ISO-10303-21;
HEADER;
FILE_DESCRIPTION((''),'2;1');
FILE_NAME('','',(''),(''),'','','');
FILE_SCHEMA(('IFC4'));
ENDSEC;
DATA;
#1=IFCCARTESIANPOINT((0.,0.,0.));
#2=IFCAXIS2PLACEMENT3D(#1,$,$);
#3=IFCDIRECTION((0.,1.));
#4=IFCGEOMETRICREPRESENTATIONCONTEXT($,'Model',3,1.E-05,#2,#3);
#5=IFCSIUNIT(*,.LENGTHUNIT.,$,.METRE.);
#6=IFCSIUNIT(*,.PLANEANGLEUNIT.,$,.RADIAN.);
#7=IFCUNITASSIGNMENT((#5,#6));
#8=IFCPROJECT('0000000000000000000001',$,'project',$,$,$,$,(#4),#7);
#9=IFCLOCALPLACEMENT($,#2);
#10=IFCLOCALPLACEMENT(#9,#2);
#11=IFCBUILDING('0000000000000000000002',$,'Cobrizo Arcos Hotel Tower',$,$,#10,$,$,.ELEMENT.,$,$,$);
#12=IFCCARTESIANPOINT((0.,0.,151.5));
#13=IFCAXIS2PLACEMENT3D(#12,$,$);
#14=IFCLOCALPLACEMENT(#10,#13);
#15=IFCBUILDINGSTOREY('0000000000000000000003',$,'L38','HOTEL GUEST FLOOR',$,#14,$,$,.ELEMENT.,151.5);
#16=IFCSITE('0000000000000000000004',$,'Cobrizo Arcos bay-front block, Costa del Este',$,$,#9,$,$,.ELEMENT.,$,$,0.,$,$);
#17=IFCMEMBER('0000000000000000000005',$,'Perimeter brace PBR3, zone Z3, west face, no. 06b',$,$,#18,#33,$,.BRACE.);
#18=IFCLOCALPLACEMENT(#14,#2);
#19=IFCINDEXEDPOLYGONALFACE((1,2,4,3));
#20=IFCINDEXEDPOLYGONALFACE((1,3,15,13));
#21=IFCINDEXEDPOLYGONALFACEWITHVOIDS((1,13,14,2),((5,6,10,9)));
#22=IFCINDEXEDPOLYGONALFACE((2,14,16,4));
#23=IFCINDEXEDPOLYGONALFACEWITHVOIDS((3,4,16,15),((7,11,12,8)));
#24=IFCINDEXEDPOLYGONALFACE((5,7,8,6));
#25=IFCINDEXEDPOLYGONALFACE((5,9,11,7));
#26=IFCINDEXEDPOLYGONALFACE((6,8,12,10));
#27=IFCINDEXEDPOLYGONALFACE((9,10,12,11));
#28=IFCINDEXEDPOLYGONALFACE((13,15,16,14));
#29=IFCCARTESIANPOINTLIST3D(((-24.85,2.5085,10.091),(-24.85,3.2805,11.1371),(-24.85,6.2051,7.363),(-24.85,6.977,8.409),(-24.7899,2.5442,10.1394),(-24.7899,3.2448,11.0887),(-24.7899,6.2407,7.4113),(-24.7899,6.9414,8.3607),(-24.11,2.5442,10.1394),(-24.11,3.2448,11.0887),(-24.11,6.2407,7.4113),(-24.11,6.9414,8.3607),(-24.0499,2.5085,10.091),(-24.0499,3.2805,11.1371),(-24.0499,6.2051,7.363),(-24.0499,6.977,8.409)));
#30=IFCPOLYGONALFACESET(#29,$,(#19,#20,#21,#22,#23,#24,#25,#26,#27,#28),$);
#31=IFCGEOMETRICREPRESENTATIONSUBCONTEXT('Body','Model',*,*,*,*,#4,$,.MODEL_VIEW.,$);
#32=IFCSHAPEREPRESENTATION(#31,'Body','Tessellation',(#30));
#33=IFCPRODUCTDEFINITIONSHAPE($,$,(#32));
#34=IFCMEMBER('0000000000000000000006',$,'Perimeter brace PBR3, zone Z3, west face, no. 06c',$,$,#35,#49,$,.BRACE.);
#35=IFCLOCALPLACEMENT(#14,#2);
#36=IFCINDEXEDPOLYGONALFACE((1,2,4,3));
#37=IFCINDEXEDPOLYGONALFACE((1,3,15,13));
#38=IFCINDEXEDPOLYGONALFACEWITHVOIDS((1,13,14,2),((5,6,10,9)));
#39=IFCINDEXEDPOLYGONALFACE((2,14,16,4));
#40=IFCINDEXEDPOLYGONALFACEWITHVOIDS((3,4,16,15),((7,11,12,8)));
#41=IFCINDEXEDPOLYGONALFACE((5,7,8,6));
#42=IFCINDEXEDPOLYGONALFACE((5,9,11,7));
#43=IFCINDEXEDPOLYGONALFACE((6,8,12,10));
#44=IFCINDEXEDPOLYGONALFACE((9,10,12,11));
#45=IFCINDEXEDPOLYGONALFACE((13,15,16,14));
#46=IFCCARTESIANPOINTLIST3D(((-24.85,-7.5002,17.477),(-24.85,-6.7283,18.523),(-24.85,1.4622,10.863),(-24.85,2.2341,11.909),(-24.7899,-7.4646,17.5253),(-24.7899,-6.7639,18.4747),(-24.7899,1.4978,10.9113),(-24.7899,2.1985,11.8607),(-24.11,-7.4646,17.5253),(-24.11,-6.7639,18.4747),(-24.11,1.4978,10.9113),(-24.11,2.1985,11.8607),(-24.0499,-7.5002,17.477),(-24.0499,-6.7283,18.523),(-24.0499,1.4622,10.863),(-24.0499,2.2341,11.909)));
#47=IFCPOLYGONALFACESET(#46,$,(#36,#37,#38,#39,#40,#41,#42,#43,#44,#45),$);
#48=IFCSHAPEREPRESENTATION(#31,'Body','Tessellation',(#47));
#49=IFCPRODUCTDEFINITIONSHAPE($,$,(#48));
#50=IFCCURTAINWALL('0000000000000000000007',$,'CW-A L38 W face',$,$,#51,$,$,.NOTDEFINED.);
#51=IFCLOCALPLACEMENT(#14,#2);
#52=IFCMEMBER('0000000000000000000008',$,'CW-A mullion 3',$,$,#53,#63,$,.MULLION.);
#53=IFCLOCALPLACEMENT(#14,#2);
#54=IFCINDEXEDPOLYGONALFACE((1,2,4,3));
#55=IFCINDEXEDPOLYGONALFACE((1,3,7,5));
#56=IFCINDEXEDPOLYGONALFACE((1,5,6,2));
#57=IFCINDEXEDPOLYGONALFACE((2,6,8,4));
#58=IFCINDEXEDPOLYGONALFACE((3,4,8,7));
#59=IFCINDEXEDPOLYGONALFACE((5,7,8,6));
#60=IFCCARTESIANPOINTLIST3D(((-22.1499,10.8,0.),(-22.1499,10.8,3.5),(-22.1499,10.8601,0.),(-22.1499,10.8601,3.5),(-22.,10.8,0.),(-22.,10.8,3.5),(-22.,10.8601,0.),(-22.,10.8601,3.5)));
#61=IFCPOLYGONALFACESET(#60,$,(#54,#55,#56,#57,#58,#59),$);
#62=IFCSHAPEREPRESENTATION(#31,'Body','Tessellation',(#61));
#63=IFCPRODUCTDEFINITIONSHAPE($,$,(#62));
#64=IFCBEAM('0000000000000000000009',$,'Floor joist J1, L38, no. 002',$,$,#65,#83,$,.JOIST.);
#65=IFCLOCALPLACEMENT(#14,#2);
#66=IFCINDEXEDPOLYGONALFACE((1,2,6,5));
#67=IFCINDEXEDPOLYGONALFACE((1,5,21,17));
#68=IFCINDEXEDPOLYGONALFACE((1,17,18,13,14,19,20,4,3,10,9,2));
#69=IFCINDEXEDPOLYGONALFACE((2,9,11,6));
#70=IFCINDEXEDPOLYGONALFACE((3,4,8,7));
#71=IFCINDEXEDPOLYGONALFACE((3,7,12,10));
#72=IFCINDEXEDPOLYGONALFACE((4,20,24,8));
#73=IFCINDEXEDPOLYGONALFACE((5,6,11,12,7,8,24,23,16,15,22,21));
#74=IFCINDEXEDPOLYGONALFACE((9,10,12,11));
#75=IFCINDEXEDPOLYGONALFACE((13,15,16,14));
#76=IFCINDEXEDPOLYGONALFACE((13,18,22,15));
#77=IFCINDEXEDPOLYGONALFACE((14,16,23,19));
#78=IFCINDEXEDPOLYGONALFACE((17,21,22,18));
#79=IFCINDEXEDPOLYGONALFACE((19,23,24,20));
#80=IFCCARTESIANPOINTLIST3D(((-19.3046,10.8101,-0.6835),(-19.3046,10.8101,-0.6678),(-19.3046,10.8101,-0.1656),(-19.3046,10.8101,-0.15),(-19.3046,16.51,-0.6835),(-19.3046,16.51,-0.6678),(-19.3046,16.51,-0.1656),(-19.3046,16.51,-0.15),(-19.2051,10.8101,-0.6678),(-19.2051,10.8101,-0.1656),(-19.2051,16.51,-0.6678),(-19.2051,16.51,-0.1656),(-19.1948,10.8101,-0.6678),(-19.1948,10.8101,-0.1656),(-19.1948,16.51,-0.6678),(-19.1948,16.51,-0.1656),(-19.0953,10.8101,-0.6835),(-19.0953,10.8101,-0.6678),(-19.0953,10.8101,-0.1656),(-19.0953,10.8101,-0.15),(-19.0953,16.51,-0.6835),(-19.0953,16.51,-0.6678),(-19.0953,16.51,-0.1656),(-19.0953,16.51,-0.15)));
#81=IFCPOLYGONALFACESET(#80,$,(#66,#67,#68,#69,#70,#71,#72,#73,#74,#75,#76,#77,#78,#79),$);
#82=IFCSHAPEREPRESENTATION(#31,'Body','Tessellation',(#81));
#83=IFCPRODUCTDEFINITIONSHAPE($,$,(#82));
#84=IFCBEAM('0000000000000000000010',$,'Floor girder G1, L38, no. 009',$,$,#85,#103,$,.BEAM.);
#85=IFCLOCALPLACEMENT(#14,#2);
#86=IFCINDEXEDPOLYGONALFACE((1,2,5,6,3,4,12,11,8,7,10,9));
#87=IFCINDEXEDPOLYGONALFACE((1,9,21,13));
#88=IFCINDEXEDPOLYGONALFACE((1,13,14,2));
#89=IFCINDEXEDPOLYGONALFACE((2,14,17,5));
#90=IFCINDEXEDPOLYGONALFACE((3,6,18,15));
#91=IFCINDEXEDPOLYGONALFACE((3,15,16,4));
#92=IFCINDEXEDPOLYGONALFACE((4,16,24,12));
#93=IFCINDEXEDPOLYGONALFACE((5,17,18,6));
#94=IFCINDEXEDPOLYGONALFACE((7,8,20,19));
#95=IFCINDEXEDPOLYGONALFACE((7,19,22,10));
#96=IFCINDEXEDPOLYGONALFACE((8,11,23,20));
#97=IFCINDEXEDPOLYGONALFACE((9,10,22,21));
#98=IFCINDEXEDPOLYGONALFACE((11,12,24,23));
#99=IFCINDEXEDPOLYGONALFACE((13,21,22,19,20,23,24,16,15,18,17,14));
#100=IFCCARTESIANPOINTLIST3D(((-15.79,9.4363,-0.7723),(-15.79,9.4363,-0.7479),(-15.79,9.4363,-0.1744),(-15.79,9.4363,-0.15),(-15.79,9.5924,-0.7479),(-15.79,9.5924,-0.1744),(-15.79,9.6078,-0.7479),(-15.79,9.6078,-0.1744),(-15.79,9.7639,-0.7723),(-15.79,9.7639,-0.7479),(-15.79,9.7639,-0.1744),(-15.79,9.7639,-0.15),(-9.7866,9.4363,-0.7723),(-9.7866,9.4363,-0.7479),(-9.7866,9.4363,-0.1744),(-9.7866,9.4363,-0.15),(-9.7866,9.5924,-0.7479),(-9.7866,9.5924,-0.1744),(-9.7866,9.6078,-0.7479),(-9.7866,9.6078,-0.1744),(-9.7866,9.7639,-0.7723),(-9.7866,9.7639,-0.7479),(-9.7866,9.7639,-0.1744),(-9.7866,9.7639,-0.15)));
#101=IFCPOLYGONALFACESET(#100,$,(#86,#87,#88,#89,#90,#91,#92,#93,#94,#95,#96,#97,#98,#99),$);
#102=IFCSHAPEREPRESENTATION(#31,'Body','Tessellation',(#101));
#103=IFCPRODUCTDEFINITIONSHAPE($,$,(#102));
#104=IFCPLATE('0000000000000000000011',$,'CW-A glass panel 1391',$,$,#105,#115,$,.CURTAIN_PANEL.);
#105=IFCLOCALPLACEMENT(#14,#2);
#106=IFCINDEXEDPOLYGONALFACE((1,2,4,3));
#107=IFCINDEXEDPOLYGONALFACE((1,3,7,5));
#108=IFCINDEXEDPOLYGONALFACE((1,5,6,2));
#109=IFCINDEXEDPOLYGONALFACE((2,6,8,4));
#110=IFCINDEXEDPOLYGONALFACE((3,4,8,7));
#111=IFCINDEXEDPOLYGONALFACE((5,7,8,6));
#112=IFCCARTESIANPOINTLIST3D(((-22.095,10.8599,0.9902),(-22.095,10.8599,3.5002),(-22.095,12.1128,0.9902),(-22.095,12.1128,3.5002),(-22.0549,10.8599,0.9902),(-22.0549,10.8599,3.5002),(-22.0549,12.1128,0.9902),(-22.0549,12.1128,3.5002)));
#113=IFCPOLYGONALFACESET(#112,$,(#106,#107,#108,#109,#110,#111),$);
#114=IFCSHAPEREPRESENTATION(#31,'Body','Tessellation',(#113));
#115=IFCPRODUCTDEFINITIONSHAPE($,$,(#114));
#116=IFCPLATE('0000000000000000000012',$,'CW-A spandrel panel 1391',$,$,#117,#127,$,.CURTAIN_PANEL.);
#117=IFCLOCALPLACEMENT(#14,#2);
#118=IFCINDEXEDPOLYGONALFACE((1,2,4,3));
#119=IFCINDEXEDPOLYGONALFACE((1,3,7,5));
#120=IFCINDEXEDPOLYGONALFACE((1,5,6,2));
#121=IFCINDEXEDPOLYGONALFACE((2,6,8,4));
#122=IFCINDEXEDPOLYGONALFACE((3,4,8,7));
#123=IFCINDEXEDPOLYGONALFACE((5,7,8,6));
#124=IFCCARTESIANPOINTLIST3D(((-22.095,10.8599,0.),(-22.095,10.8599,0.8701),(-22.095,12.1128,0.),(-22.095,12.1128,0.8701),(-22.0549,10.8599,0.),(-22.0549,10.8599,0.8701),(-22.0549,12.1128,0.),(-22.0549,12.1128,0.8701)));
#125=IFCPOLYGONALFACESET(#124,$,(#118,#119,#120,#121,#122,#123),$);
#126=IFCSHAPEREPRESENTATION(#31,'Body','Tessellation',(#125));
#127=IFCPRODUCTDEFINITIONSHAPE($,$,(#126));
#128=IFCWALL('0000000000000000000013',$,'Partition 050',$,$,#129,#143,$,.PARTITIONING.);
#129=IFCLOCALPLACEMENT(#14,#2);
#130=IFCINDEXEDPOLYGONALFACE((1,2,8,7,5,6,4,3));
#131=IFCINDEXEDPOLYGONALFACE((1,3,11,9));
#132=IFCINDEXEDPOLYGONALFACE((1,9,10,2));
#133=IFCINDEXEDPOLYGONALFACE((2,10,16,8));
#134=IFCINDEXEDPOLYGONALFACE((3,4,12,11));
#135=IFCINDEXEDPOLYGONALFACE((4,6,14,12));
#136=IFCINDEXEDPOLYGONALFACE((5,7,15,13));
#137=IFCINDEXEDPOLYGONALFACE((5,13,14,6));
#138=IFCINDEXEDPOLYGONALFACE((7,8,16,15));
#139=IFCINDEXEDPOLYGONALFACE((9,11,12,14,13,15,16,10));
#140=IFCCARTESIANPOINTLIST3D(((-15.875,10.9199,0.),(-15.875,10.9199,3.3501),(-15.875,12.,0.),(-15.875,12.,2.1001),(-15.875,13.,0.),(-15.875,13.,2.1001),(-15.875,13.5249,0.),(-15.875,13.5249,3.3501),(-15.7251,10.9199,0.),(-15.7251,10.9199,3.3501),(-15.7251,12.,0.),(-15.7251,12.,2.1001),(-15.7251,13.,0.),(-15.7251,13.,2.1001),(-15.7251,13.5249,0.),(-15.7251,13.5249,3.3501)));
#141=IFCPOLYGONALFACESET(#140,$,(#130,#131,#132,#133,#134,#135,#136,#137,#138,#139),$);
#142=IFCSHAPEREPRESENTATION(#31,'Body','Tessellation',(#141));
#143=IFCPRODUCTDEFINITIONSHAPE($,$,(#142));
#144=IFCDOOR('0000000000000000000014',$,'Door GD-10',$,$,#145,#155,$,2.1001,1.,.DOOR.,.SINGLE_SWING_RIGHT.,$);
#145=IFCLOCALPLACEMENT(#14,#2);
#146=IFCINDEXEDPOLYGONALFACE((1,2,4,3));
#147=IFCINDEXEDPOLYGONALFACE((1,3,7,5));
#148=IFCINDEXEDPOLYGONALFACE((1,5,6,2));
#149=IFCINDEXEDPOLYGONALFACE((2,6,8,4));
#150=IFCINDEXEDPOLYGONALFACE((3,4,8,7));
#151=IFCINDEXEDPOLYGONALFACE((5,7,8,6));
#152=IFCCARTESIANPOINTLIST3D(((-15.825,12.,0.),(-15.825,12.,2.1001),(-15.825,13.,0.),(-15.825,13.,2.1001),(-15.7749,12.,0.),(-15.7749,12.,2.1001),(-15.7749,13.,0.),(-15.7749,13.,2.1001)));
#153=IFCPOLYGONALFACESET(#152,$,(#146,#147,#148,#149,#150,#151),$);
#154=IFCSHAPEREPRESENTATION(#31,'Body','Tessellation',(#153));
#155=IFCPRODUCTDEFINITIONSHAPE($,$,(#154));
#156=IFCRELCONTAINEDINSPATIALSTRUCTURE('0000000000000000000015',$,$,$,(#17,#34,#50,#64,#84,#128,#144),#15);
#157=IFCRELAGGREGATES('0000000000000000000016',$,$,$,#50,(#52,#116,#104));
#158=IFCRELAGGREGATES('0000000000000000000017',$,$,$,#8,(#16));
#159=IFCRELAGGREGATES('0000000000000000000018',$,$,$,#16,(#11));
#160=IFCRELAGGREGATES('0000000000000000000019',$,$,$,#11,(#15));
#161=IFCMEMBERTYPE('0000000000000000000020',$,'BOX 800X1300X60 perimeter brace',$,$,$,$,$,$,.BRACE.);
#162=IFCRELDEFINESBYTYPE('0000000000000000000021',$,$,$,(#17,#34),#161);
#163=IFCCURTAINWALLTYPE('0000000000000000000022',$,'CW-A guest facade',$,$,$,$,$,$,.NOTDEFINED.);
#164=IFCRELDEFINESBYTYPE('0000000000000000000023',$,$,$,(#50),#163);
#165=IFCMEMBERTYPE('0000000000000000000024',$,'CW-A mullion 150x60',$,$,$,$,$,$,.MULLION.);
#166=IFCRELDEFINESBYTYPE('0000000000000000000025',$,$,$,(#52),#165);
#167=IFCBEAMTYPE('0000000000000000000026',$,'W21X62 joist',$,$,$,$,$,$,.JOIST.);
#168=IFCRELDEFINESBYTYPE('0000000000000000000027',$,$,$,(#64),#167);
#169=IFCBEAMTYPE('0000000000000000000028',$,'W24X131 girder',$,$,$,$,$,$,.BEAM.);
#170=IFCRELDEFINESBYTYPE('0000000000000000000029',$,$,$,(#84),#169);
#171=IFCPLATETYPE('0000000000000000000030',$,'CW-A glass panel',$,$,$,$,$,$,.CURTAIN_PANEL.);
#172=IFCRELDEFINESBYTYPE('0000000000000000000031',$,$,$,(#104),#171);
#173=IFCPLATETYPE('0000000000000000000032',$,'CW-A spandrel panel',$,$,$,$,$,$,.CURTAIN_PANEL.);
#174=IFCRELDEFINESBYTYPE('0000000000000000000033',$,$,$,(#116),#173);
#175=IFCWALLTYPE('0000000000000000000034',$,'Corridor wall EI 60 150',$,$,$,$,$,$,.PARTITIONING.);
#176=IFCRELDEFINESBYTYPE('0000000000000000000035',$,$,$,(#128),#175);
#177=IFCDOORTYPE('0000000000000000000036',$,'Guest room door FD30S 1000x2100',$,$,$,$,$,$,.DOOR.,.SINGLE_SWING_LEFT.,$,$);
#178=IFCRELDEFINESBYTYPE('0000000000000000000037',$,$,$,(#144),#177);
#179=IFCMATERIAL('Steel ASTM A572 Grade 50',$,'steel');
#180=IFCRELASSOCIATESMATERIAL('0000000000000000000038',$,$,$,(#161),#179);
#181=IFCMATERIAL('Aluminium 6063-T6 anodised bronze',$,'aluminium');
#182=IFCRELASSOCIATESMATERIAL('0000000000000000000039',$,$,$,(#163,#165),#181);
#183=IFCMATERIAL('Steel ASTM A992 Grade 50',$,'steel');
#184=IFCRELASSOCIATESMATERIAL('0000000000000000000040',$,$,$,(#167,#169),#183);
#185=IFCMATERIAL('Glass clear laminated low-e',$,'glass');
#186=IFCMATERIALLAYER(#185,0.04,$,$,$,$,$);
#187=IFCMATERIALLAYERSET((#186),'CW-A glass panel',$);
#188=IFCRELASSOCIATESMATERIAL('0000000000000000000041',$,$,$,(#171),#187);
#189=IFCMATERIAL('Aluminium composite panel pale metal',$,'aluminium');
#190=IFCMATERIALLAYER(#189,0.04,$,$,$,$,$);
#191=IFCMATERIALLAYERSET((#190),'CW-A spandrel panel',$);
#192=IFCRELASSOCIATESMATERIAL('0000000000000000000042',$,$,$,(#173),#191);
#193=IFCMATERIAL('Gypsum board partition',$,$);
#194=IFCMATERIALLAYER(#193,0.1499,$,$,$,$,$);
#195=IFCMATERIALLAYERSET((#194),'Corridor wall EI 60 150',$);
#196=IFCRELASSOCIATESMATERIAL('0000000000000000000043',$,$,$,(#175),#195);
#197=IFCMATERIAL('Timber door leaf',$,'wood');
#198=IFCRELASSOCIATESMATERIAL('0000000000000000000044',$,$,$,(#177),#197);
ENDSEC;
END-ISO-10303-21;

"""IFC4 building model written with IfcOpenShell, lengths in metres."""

from ifc_helpers import new_model, si_unit, direction, frame, frame_2d, origin, origin_2d, place, context, subcontext, project, spatial, rectangle, hollow_rectangle, i_section, extrude, material, layer, layer_set, material_profile, profile_set, type_object, element, fill, aggregate, save


model = new_model("IFC4")

# Units and contexts
model_context = context("Model", 3, precision=1e-05, world=origin(), true_north=direction((0.0, 1.0)))
body_context = subcontext(model_context, "Body", "Model", "MODEL_VIEW")
ifc_project = project(units=[si_unit("LENGTHUNIT", "METRE"), si_unit("PLANEANGLEUNIT", "RADIAN")], contexts=[model_context])

# Site, building, storey
site_placement = place(None, origin())
site = spatial("IfcSite", under=ifc_project, at=site_placement, Name="Cobrizo Arcos bay-front block, Costa del Este", CompositionType="ELEMENT", RefElevation=0.0)
building_placement = place(site_placement, origin())
building = spatial("IfcBuilding", under=site, at=building_placement, Name="Cobrizo Arcos Hotel Tower", CompositionType="ELEMENT")
storey_placement = place(building_placement, frame((0.0, 0.0, 151.5)))
storey = spatial("IfcBuildingStorey", under=building, at=storey_placement, Name="L38", Description="HOTEL GUEST FLOOR", CompositionType="ELEMENT", Elevation=151.5)

# Members
ifc_material_1 = material(Name="Steel ASTM A572 Grade 50", Category="steel")
ifc_material_profile_1 = material_profile(ifc_material_1, hollow_rectangle(XDim=0.8, YDim=1.3, WallThickness=0.0601, at=origin_2d()), Name="BOX 800X1300X60")
ifc_profile_set_1 = profile_set([ifc_material_profile_1], Name="Steel ASTM A572 Grade 50")
member_type_1 = type_object("IfcMemberType", Name="BOX 800X1300X60 perimeter brace", PredefinedType="BRACE", material=ifc_profile_set_1)
member_1_placement = place(storey_placement, frame((-24.45, 6.5911, 7.886), z_axis=(0.0, -0.804612, 0.593801), x_axis=(1.0, 0.0, 0.0)))
element("IfcMember", 1, at=member_1_placement, inside=storey, type_object=member_type_1, Name="Perimeter brace PBR3, zone Z3, west face, no. 06b", PredefinedType="BRACE", context=body_context, shape_type="SweptSolid", body=[
    extrude(hollow_rectangle(XDim=0.8, YDim=1.3, WallThickness=0.0601, at=origin_2d()), origin(), (0.0, 0.0, 1.0), 4.5942),
])
member_2_placement = place(storey_placement, frame((-24.45, 1.8481, 11.386), z_axis=(0.0, -0.804621, 0.593789), x_axis=(1.0, 0.0, 0.0)))
element("IfcMember", 2, at=member_2_placement, inside=storey, type_object=member_type_1, Name="Perimeter brace PBR3, zone Z3, west face, no. 06c", PredefinedType="BRACE", context=body_context, shape_type="SweptSolid", body=[
    extrude(hollow_rectangle(XDim=0.8, YDim=1.3, WallThickness=0.0601, at=origin_2d()), origin(), (0.0, 0.0, 1.0), 11.1387),
])

# Curtain wall, member
ifc_material_2 = material(Name="Aluminium 6063-T6 anodised bronze", Category="aluminium")
curtain_wall_type = type_object("IfcCurtainWallType", Name="CW-A guest facade", PredefinedType="NOTDEFINED", material=ifc_material_2)
curtain_wall_placement = place(storey_placement, origin())
curtain_wall = element("IfcCurtainWall", 3, at=curtain_wall_placement, inside=storey, type_object=curtain_wall_type, Name="CW-A L38 W face", PredefinedType="NOTDEFINED")
ifc_material_profile_2 = material_profile(ifc_material_2, rectangle(XDim=0.1499, YDim=0.0601, at=origin_2d()), Name="CW-A mullion 150x60")
ifc_profile_set_2 = profile_set([ifc_material_profile_2], Name="Aluminium 6063-T6 anodised bronze")
member_type_2 = type_object("IfcMemberType", Name="CW-A mullion 150x60", PredefinedType="MULLION", material=ifc_profile_set_2)
member_3_placement = place(storey_placement, frame((-22.075, 10.8301, 0.0), z_axis=(0.0, 0.0, 1.0), x_axis=(-1.0, 0.0, 0.0)))
member_3 = element("IfcMember", 4, at=member_3_placement, type_object=member_type_2, Name="CW-A mullion 3", PredefinedType="MULLION", context=body_context, shape_type="SweptSolid", body=[
    extrude(rectangle(XDim=0.1499, YDim=0.0601, at=origin_2d()), origin(), (0.0, 0.0, 1.0), 3.5),
])

# Beams
ifc_material_3 = material(Name="Steel ASTM A992 Grade 50", Category="steel")
ifc_material_profile_3 = material_profile(ifc_material_3, i_section(OverallWidth=0.2092, OverallDepth=0.5334, WebThickness=0.0103, FlangeThickness=0.0156, at=origin_2d()), Name="W21X62")
ifc_profile_set_3 = profile_set([ifc_material_profile_3], Name="Steel ASTM A992 Grade 50")
beam_type_1 = type_object("IfcBeamType", Name="W21X62 joist", PredefinedType="JOIST", material=ifc_profile_set_3)
beam_1_placement = place(storey_placement, frame((-19.2, 10.8101, -0.4167), z_axis=(0.0, 1.0, 0.0), x_axis=(-1.0, 0.0, 0.0)))
element("IfcBeam", 5, at=beam_1_placement, inside=storey, type_object=beam_type_1, Name="Floor joist J1, L38, no. 002", PredefinedType="JOIST", context=body_context, shape_type="SweptSolid", body=[
    extrude(i_section(OverallWidth=0.2092, OverallDepth=0.5334, WebThickness=0.0103, FlangeThickness=0.0156, at=origin_2d()), origin(), (0.0, 0.0, 1.0), 5.7),
])
ifc_material_profile_4 = material_profile(ifc_material_3, i_section(OverallWidth=0.3276, OverallDepth=0.6223, WebThickness=0.0154, FlangeThickness=0.0244, at=origin_2d()), Name="W24X131")
ifc_profile_set_4 = profile_set([ifc_material_profile_4], Name="Steel ASTM A992 Grade 50")
beam_type_2 = type_object("IfcBeamType", Name="W24X131 girder", PredefinedType="BEAM", material=ifc_profile_set_4)
beam_2_placement = place(storey_placement, frame((-15.79, 9.6001, -0.4612), z_axis=(1.0, 0.0, 0.0), x_axis=(0.0, 1.0, 0.0)))
element("IfcBeam", 6, at=beam_2_placement, inside=storey, type_object=beam_type_2, Name="Floor girder G1, L38, no. 009", PredefinedType="BEAM", context=body_context, shape_type="SweptSolid", body=[
    extrude(i_section(OverallWidth=0.3276, OverallDepth=0.6223, WebThickness=0.0154, FlangeThickness=0.0244, at=origin_2d()), origin(), (0.0, 0.0, 1.0), 6.0034),
])

# Plates
ifc_material_4 = material(Name="Glass clear laminated low-e", Category="glass")
ifc_layer_1 = layer(ifc_material_4, 0.04)
ifc_layer_set_1 = layer_set([ifc_layer_1], Name="CW-A glass panel")
plate_type_1 = type_object("IfcPlateType", Name="CW-A glass panel", PredefinedType="CURTAIN_PANEL", material=ifc_layer_set_1)
plate_1_placement = place(storey_placement, frame((-22.075, 11.4863, 0.9902), z_axis=(0.0, 0.0, 1.0), x_axis=(0.0, -1.0, 0.0)))
plate_1 = element("IfcPlate", 7, at=plate_1_placement, type_object=plate_type_1, Name="CW-A glass panel 1391", PredefinedType="CURTAIN_PANEL", context=body_context, shape_type="SweptSolid", body=[
    extrude(rectangle(XDim=1.2529, YDim=0.04, at=origin_2d()), origin(), (0.0, 0.0, 1.0), 2.51),
])
ifc_material_5 = material(Name="Aluminium composite panel pale metal", Category="aluminium")
ifc_layer_2 = layer(ifc_material_5, 0.04)
ifc_layer_set_2 = layer_set([ifc_layer_2], Name="CW-A spandrel panel")
plate_type_2 = type_object("IfcPlateType", Name="CW-A spandrel panel", PredefinedType="CURTAIN_PANEL", material=ifc_layer_set_2)
plate_2_placement = place(storey_placement, frame((-22.075, 11.4863, 0.0), z_axis=(0.0, 0.0, 1.0), x_axis=(0.0, -1.0, 0.0)))
plate_2 = element("IfcPlate", 8, at=plate_2_placement, type_object=plate_type_2, Name="CW-A spandrel panel 1391", PredefinedType="CURTAIN_PANEL", context=body_context, shape_type="SweptSolid", body=[
    extrude(rectangle(XDim=1.2529, YDim=0.04, at=origin_2d()), origin(), (0.0, 0.0, 1.0), 0.8701),
])
aggregate(curtain_wall, [member_3, plate_2, plate_1])

# Wall, opening, door
ifc_material_6 = material(Name="Gypsum board partition")
ifc_layer_3 = layer(ifc_material_6, 0.1499)
ifc_layer_set_3 = layer_set([ifc_layer_3], Name="Corridor wall EI 60 150")
wall_type_1 = type_object("IfcWallType", Name="Corridor wall EI 60 150", PredefinedType="PARTITIONING", material=ifc_layer_set_3)
wall_1_placement = place(storey_placement, frame((-15.8, 10.9199, 0.0), z_axis=(0.0, 0.0, 1.0), x_axis=(0.0, 1.0, 0.0)))
wall_1 = element("IfcWall", 9, at=wall_1_placement, inside=storey, type_object=wall_type_1, Name="Partition 050", PredefinedType="PARTITIONING", context=body_context, shape_type="SweptSolid", body=[
    extrude(rectangle(XDim=2.605, YDim=0.1499, at=frame_2d((1.3025, 0.0))), origin(), (0.0, 0.0, 1.0), 3.3501),
])
opening_1_placement = place(wall_1_placement, frame((1.0801, 0.0, 0.0)))
opening_1 = element("IfcOpeningElement", 10, at=opening_1_placement, cuts=wall_1, PredefinedType="OPENING", context=body_context, shape_type="SweptSolid", body=[
    extrude(rectangle(XDim=1.0, YDim=2.1001, at=frame_2d((0.5, 1.05))), frame((0.0, 0.0869, 0.0), z_axis=(0.0, -1.0, 0.0), x_axis=(1.0, 0.0, 0.0)), (0.0, 0.0, 1.0), 0.1738),
])
ifc_material_7 = material(Name="Timber door leaf", Category="wood")
door_type_1 = type_object("IfcDoorType", Name="Guest room door FD30S 1000x2100", OperationType="SINGLE_SWING_LEFT", PredefinedType="DOOR", material=ifc_material_7)
door_1_placement = place(opening_1_placement, origin())
door_1 = element("IfcDoor", 11, at=door_1_placement, inside=storey, type_object=door_type_1, Name="Door GD-10", OperationType="SINGLE_SWING_RIGHT", OverallHeight=2.1001, OverallWidth=1.0, PredefinedType="DOOR", context=body_context, shape_type="SweptSolid", body=[
    extrude(rectangle(XDim=1.0, YDim=2.1001, at=frame_2d((0.5, 1.05))), frame((0.0, 0.0249, 0.0), z_axis=(0.0, -1.0, 0.0), x_axis=(1.0, 0.0, 0.0)), (0.0, 0.0, 1.0), 0.05),
])
fill(opening_1, door_1)

save(model, "model.ifc")
